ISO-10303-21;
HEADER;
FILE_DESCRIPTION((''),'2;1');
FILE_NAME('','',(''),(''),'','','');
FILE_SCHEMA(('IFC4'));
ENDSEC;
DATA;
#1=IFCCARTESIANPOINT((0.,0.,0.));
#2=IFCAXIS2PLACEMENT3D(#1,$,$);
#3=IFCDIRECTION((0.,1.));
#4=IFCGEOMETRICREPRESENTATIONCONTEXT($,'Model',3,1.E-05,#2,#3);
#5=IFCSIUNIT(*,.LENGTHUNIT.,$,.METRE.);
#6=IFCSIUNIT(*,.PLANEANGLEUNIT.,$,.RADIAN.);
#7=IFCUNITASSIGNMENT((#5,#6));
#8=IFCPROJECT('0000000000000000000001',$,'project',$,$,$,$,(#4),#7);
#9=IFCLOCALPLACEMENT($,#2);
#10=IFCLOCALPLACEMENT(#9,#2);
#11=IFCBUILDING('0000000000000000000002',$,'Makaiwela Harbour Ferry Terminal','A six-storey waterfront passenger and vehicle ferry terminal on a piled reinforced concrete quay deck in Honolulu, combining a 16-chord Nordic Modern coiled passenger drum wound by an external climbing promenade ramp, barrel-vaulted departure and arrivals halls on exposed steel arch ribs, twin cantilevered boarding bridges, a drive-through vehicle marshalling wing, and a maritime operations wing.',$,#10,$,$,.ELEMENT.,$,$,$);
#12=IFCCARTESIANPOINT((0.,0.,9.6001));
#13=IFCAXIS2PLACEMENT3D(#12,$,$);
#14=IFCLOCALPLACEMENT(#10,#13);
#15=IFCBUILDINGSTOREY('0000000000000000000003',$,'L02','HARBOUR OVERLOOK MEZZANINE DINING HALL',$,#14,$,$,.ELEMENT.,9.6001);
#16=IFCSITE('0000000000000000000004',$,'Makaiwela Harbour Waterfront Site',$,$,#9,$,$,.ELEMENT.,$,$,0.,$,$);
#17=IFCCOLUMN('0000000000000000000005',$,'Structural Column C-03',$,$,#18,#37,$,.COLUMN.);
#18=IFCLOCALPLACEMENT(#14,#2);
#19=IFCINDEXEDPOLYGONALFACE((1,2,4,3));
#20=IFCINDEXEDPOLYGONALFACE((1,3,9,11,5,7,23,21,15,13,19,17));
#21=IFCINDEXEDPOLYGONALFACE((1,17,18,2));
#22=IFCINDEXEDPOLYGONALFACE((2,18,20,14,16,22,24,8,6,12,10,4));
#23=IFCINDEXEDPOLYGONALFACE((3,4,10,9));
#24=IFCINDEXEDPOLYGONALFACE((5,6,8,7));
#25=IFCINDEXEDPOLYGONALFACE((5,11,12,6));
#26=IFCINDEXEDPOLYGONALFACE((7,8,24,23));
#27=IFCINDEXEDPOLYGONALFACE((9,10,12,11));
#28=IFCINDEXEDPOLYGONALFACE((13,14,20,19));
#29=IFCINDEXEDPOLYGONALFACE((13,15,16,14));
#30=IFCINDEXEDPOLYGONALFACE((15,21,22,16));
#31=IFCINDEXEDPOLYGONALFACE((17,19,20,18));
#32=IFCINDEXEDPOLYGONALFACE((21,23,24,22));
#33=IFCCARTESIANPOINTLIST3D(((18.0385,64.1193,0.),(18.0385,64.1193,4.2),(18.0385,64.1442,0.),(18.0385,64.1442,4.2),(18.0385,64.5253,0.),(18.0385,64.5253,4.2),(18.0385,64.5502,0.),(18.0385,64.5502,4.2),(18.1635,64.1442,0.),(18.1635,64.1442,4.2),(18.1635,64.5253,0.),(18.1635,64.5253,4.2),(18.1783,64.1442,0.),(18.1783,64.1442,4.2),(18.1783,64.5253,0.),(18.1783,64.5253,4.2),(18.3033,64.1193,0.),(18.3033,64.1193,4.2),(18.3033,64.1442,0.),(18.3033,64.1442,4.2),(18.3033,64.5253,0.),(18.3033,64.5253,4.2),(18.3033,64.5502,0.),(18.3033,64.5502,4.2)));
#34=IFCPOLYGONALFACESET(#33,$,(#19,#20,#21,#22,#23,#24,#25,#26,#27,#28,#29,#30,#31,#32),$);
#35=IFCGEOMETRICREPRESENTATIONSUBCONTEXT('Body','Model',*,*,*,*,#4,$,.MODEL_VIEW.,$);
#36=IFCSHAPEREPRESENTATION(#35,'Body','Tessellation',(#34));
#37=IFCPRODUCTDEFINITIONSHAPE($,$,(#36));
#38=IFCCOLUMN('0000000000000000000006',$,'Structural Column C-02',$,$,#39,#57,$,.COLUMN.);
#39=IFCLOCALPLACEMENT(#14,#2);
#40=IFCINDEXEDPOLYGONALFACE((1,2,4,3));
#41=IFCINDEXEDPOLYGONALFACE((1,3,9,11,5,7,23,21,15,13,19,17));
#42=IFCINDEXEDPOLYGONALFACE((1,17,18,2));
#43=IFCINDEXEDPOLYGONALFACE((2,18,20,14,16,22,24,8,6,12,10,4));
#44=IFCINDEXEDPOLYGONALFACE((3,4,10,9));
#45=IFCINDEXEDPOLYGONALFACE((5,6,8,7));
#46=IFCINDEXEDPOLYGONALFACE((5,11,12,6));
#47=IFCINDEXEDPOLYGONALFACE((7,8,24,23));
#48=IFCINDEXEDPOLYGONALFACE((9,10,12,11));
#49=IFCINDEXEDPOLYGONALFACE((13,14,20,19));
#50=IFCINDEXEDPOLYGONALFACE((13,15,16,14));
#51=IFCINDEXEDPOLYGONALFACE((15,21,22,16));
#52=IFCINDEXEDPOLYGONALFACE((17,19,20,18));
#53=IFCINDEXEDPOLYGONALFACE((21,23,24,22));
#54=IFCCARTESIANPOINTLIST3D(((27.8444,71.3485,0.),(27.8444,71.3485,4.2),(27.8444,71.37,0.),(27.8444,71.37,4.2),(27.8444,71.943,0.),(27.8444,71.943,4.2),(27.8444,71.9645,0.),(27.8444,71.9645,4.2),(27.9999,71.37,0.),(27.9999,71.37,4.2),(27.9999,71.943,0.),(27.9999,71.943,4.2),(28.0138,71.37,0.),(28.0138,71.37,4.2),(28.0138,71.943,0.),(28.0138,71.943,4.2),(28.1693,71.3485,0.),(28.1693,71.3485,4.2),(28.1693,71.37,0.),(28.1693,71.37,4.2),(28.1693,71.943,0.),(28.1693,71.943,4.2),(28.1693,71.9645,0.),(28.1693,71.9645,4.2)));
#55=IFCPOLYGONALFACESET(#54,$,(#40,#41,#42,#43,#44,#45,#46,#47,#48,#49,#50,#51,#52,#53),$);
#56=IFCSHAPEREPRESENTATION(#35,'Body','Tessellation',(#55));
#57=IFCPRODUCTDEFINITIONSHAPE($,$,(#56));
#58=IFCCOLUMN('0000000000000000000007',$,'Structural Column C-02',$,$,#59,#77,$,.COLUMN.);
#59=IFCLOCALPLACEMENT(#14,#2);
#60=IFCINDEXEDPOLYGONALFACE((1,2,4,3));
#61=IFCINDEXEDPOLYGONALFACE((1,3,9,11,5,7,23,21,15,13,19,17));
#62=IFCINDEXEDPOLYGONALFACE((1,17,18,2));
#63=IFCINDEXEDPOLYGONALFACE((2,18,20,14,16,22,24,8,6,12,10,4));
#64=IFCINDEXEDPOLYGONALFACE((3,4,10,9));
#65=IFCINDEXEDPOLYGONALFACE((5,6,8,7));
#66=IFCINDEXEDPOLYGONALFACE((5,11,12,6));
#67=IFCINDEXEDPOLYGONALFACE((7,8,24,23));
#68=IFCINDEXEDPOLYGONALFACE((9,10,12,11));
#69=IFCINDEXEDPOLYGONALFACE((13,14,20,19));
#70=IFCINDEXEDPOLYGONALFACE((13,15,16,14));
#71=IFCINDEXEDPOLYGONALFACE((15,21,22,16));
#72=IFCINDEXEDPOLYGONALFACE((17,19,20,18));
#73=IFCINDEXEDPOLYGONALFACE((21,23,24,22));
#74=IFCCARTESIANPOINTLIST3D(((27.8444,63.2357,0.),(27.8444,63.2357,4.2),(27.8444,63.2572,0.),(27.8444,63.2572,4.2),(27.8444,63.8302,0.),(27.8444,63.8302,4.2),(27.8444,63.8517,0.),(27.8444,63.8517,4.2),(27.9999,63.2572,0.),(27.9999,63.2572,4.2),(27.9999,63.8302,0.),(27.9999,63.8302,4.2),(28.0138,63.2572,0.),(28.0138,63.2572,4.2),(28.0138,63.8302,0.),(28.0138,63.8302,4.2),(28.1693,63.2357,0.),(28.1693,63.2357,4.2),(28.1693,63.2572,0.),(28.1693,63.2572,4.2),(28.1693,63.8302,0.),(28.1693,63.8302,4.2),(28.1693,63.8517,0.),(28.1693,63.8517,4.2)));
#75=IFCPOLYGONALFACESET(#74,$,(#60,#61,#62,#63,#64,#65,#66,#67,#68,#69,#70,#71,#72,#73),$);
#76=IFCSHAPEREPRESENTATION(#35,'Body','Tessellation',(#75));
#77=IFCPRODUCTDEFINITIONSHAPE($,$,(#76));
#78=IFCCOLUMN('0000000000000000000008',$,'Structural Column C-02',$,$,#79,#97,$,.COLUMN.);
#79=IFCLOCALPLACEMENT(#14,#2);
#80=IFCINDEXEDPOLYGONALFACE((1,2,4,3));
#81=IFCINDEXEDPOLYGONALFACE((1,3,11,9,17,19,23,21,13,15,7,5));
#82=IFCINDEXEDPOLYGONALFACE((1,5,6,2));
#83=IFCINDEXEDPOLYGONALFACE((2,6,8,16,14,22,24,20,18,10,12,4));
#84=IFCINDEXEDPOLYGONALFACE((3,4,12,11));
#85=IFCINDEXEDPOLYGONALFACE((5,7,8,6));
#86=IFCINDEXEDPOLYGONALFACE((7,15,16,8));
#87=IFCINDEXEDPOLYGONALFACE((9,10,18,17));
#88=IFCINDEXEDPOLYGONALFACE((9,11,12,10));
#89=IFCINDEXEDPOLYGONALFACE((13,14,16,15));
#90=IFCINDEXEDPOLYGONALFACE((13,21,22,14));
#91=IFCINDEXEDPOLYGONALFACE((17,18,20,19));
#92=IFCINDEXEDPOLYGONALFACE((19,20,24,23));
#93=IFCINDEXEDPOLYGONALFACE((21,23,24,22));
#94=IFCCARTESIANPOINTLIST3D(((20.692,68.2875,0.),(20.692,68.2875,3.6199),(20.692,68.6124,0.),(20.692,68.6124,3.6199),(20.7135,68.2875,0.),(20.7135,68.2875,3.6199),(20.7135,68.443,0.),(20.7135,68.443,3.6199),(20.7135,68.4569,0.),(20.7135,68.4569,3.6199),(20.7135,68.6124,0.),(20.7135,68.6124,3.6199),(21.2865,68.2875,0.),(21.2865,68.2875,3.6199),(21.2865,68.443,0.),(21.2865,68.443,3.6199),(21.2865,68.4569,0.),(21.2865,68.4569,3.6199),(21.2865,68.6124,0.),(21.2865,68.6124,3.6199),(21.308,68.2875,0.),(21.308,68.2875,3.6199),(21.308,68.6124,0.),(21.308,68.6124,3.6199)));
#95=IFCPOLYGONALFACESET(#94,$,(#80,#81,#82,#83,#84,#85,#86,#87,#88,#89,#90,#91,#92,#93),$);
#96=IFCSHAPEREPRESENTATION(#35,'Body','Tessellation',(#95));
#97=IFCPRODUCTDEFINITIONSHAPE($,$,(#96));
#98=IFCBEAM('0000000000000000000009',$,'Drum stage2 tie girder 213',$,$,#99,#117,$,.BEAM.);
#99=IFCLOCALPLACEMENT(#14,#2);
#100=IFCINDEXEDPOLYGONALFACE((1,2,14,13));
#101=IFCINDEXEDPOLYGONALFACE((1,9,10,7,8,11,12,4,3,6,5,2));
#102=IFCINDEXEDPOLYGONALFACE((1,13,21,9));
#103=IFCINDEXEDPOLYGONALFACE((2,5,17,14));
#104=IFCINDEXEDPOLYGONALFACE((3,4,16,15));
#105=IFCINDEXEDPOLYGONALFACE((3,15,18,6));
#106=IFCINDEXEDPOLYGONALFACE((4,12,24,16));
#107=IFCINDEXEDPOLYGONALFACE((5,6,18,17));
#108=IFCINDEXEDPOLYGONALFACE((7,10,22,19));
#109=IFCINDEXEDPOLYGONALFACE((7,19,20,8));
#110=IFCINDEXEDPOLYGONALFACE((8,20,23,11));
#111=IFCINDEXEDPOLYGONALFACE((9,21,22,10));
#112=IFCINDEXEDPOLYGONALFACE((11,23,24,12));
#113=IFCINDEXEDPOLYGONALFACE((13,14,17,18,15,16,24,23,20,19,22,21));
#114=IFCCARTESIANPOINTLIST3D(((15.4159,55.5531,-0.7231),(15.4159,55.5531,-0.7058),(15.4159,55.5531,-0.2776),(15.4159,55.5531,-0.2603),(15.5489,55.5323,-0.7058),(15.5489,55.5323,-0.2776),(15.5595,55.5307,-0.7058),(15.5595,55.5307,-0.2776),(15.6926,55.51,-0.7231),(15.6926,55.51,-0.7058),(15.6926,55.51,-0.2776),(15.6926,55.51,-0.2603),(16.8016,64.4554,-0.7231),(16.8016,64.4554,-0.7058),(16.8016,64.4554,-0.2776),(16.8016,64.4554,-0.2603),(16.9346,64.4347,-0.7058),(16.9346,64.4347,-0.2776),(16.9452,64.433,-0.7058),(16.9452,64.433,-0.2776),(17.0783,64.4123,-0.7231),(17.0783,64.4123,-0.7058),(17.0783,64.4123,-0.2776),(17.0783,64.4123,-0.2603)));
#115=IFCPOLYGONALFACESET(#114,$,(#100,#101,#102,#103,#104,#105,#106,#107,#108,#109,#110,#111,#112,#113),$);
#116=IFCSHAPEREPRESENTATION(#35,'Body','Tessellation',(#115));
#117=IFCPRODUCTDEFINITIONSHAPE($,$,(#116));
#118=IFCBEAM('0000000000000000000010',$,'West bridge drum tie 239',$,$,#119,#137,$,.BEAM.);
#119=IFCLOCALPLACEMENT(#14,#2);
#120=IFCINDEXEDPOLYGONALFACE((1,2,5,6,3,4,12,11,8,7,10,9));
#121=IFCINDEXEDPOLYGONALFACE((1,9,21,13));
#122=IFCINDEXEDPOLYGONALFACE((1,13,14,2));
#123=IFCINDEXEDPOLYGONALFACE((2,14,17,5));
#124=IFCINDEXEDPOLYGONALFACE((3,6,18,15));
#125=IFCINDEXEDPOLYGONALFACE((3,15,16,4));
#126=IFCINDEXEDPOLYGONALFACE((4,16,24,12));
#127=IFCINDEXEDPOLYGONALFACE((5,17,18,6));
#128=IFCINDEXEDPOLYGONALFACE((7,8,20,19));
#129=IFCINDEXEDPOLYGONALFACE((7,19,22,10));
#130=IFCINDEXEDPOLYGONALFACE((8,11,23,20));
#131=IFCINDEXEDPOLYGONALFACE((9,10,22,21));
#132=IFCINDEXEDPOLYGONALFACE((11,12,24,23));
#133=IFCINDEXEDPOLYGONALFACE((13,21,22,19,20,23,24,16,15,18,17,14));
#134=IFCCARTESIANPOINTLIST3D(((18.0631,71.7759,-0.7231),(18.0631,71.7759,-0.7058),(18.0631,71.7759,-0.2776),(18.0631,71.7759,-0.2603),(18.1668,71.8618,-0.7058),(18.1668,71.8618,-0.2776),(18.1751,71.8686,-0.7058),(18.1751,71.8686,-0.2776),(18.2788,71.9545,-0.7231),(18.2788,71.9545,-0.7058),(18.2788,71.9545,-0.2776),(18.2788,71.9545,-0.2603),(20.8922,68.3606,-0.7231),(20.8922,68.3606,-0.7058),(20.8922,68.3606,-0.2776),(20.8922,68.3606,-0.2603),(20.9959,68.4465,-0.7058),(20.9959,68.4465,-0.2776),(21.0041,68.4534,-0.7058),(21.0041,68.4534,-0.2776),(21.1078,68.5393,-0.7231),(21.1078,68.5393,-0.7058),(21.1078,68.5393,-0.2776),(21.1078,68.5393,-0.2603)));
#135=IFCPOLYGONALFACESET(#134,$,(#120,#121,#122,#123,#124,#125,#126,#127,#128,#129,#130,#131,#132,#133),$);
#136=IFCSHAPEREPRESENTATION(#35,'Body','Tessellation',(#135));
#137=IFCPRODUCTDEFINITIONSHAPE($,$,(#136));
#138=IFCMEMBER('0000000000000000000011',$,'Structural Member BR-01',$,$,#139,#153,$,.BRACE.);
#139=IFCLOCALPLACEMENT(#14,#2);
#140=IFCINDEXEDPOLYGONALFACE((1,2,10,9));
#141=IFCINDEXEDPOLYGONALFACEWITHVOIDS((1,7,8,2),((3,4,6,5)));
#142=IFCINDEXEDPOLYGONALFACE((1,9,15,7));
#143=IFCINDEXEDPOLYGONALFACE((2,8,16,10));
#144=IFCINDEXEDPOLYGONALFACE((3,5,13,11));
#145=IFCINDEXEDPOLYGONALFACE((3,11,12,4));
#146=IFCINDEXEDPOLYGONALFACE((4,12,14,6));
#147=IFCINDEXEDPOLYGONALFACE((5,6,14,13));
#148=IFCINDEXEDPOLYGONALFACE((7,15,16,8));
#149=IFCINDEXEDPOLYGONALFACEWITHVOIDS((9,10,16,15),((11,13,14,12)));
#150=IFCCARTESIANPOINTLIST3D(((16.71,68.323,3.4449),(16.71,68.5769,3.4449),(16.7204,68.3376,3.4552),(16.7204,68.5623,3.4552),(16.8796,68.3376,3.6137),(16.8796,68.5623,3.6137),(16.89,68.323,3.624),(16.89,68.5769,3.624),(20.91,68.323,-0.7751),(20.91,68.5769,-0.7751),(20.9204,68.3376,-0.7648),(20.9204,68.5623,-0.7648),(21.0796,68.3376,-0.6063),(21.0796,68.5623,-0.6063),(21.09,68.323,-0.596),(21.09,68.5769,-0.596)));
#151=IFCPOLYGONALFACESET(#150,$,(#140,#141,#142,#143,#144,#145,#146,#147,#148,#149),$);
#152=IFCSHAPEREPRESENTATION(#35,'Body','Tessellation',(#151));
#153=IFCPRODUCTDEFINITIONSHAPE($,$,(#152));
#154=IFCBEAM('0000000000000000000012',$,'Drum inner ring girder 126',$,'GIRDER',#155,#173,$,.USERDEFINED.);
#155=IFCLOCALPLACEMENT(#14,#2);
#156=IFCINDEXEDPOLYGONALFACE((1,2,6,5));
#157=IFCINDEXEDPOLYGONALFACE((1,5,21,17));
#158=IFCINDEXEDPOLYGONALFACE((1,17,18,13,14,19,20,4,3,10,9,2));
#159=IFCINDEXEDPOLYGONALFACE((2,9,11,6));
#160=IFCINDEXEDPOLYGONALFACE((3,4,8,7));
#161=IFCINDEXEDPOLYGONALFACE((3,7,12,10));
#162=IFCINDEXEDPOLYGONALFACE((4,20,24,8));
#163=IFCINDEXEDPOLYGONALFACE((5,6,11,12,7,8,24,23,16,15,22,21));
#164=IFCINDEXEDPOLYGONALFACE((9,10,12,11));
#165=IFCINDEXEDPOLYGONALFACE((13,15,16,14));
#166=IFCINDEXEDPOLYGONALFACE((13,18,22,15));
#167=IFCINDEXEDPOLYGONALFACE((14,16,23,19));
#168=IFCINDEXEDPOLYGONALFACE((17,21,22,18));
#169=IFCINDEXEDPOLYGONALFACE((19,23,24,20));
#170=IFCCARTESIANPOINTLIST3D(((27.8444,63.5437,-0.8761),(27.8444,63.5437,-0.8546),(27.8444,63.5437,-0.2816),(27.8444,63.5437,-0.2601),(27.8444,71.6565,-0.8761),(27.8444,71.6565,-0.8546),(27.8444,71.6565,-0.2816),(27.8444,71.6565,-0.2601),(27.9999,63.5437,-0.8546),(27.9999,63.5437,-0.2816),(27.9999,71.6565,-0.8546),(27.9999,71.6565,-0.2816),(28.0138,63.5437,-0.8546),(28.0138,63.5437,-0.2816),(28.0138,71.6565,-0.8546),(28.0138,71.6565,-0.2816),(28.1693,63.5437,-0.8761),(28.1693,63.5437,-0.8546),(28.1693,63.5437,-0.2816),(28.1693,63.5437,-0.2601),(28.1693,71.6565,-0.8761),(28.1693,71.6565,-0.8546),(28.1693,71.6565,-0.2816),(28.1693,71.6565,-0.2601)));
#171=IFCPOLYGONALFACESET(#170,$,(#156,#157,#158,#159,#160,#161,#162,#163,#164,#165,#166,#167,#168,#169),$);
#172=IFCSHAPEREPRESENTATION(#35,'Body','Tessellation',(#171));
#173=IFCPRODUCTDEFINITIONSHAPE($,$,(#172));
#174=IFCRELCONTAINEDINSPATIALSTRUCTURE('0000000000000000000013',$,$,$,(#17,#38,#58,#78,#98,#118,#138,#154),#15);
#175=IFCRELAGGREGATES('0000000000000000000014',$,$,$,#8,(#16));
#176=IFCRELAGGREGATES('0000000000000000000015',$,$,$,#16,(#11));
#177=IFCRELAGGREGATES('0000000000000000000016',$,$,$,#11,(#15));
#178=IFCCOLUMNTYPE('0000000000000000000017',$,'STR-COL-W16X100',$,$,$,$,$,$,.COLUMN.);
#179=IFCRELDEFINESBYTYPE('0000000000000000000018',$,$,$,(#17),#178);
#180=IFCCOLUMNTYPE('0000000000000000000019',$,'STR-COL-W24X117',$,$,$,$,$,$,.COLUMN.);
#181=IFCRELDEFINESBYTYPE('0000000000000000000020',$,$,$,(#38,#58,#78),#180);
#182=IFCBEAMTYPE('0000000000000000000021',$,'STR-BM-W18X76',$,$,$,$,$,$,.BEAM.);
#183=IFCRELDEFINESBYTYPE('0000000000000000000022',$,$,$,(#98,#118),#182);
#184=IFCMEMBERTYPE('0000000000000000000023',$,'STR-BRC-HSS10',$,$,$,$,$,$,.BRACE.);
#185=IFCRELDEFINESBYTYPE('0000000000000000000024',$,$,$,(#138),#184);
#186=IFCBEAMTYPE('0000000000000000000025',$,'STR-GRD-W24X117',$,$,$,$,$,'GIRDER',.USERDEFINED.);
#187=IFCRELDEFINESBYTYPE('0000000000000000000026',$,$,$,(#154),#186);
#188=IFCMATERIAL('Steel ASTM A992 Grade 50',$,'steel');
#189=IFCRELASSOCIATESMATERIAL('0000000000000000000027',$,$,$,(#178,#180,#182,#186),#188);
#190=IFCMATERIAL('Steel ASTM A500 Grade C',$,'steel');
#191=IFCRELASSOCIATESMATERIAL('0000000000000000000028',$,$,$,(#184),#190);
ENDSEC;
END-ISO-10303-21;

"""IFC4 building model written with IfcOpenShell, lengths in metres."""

from ifc_helpers import new_model, si_unit, direction, frame, origin, origin_2d, place, context, subcontext, project, spatial, hollow_rectangle, i_section, extrude, material, material_profile, profile_set, type_object, element, save


model = new_model("IFC4")

# Units and contexts
model_context = context("Model", 3, precision=1e-05, world=origin(), true_north=direction((0.0, 1.0)))
body_context = subcontext(model_context, "Body", "Model", "MODEL_VIEW")
ifc_project = project(units=[si_unit("LENGTHUNIT", "METRE"), si_unit("PLANEANGLEUNIT", "RADIAN")], contexts=[model_context])

# Site, building, storey
site_placement = place(None, origin())
site = spatial("IfcSite", under=ifc_project, at=site_placement, Name="Makaiwela Harbour Waterfront Site", CompositionType="ELEMENT", RefElevation=0.0)
building_placement = place(site_placement, origin())
building = spatial("IfcBuilding", under=site, at=building_placement, Name="Makaiwela Harbour Ferry Terminal", Description="A six-storey waterfront passenger and vehicle ferry terminal on a piled reinforced concrete quay deck in Honolulu, combining a 16-chord Nordic Modern coiled passenger drum wound by an external climbing promenade ramp, barrel-vaulted departure and arrivals halls on exposed steel arch ribs, twin cantilevered boarding bridges, a drive-through vehicle marshalling wing, and a maritime operations wing.", CompositionType="ELEMENT")
storey_placement = place(building_placement, frame((0.0, 0.0, 9.6001)))
storey = spatial("IfcBuildingStorey", under=building, at=storey_placement, Name="L02", Description="HARBOUR OVERLOOK MEZZANINE DINING HALL", CompositionType="ELEMENT", Elevation=9.6001)

# Columns
ifc_material_1 = material(Name="Steel ASTM A992 Grade 50", Category="steel")
ifc_material_profile_1 = material_profile(ifc_material_1, i_section(OverallWidth=0.2649, OverallDepth=0.4309, WebThickness=0.0149, FlangeThickness=0.0249, at=origin_2d()), Name="W16X100")
ifc_profile_set_1 = profile_set([ifc_material_profile_1], Name="Steel ASTM A992 Grade 50")
column_type_1 = type_object("IfcColumnType", Name="STR-COL-W16X100", PredefinedType="COLUMN", material=ifc_profile_set_1)
column_1_placement = place(storey_placement, frame((18.1709, 64.3347, 0.0), z_axis=(0.0, 0.0, 1.0), x_axis=(1.0, 0.0, 0.0)))
element("IfcColumn", 1, at=column_1_placement, inside=storey, type_object=column_type_1, Name="Structural Column C-03", PredefinedType="COLUMN", context=body_context, shape_type="SweptSolid", body=[
    extrude(i_section(OverallWidth=0.2649, OverallDepth=0.4309, WebThickness=0.0149, FlangeThickness=0.0249, at=origin_2d()), origin(), (0.0, 0.0, 1.0), 4.2),
])
ifc_material_profile_2 = material_profile(ifc_material_1, i_section(OverallWidth=0.325, OverallDepth=0.616, WebThickness=0.0139, FlangeThickness=0.0215, at=origin_2d()), Name="W24X117")
ifc_profile_set_2 = profile_set([ifc_material_profile_2], Name="Steel ASTM A992 Grade 50")
column_type_2 = type_object("IfcColumnType", Name="STR-COL-W24X117", PredefinedType="COLUMN", material=ifc_profile_set_2)
for number, where, z_axis, x_axis, name in (
    (2, (28.0068, 71.6565, 0.0), (0.0, 0.0, 1.0), (1.0, 0.0, 0.0), "Structural Column C-02"),
    (3, (28.0068, 63.5437, 0.0), (0.0, 0.0, 1.0), (1.0, 0.0, 0.0), "Structural Column C-02"),
):
    element("IfcColumn", number, at=place(storey_placement, frame(where, z_axis=z_axis, x_axis=x_axis)), inside=storey, type_object=column_type_2, Name=name, PredefinedType="COLUMN", context=body_context, shape_type="SweptSolid", body=[
        extrude(i_section(OverallWidth=0.325, OverallDepth=0.616, WebThickness=0.0139, FlangeThickness=0.0215, at=origin_2d()), origin(), (0.0, 0.0, 1.0), 4.2),
    ])
column_2_placement = place(storey_placement, frame((21.0, 68.45, 0.0), z_axis=(0.0, 0.0, 1.0), x_axis=(0.0, 1.0, 0.0)))
element("IfcColumn", 4, at=column_2_placement, inside=storey, type_object=column_type_2, Name="Structural Column C-02", PredefinedType="COLUMN", context=body_context, shape_type="SweptSolid", body=[
    extrude(i_section(OverallWidth=0.325, OverallDepth=0.616, WebThickness=0.0139, FlangeThickness=0.0215, at=origin_2d()), origin(), (0.0, 0.0, 1.0), 3.6199),
])

# Beams
ifc_material_profile_3 = material_profile(ifc_material_1, i_section(OverallWidth=0.28, OverallDepth=0.4629, WebThickness=0.0107, FlangeThickness=0.0173, at=origin_2d()), Name="W18X76")
ifc_profile_set_3 = profile_set([ifc_material_profile_3], Name="Steel ASTM A992 Grade 50")
beam_type_1 = type_object("IfcBeamType", Name="STR-BM-W18X76", PredefinedType="BEAM", material=ifc_profile_set_3)
beam_1_placement = place(storey_placement, frame((16.9399, 64.4338, -0.4917), z_axis=(-0.153808, -0.988101, 0.0), x_axis=(0.988101, -0.153808, 0.0)))
element("IfcBeam", 5, at=beam_1_placement, inside=storey, type_object=beam_type_1, Name="Drum stage2 tie girder 213", PredefinedType="BEAM", context=body_context, shape_type="SweptSolid", body=[
    extrude(i_section(OverallWidth=0.28, OverallDepth=0.4629, WebThickness=0.0107, FlangeThickness=0.0173, at=origin_2d()), origin(), (0.0, 0.0, 1.0), 9.0095),
])
beam_2_placement = place(storey_placement, frame((21.0, 68.45, -0.4917), z_axis=(-0.637924, 0.7701, 0.0), x_axis=(-0.7701, -0.637924, 0.0)))
element("IfcBeam", 6, at=beam_2_placement, inside=storey, type_object=beam_type_1, Name="West bridge drum tie 239", PredefinedType="BEAM", context=body_context, shape_type="SweptSolid", body=[
    extrude(i_section(OverallWidth=0.28, OverallDepth=0.4629, WebThickness=0.0107, FlangeThickness=0.0173, at=origin_2d()), origin(), (0.0, 0.0, 1.0), 4.4348),
])

# Member
ifc_material_2 = material(Name="Steel ASTM A500 Grade C", Category="steel")
ifc_material_profile_4 = material_profile(ifc_material_2, hollow_rectangle(XDim=0.2539, YDim=0.2539, WallThickness=0.0146, at=origin_2d()), Name="HSS10X10X5/8")
ifc_profile_set_4 = profile_set([ifc_material_profile_4], Name="Steel ASTM A500 Grade C")
member_type_1 = type_object("IfcMemberType", Name="STR-BRC-HSS10", PredefinedType="BRACE", material=ifc_profile_set_4)
member_1_placement = place(storey_placement, frame((21.0, 68.45, -0.6855), z_axis=(-0.705424, 0.0, 0.708786), x_axis=(0.0, -1.0, 0.0)))
element("IfcMember", 7, at=member_1_placement, inside=storey, type_object=member_type_1, Name="Structural Member BR-01", PredefinedType="BRACE", context=body_context, shape_type="SweptSolid", body=[
    extrude(hollow_rectangle(XDim=0.2539, YDim=0.2539, WallThickness=0.0146, at=origin_2d()), origin(), (0.0, 0.0, 1.0), 5.9539),
])

# Beam
ifc_material_profile_5 = material_profile(ifc_material_1, i_section(OverallWidth=0.325, OverallDepth=0.616, WebThickness=0.0139, FlangeThickness=0.0215, at=origin_2d()), Name="W24X117")
ifc_profile_set_5 = profile_set([ifc_material_profile_5], Name="Steel ASTM A992 Grade 50")
beam_type_2 = type_object("IfcBeamType", Name="STR-GRD-W24X117", ElementType="GIRDER", PredefinedType="USERDEFINED", material=ifc_profile_set_5)
beam_3_placement = place(storey_placement, frame((28.0068, 71.6565, -0.5681), z_axis=(0.0, -1.0, 0.0), x_axis=(1.0, 0.0, 0.0)))
element("IfcBeam", 8, at=beam_3_placement, inside=storey, type_object=beam_type_2, Name="Drum inner ring girder 126", ObjectType="GIRDER", PredefinedType="USERDEFINED", context=body_context, shape_type="SweptSolid", body=[
    extrude(i_section(OverallWidth=0.325, OverallDepth=0.616, WebThickness=0.0139, FlangeThickness=0.0215, at=origin_2d()), origin(), (0.0, 0.0, 1.0), 8.1128),
])

save(model, "model.ifc")
